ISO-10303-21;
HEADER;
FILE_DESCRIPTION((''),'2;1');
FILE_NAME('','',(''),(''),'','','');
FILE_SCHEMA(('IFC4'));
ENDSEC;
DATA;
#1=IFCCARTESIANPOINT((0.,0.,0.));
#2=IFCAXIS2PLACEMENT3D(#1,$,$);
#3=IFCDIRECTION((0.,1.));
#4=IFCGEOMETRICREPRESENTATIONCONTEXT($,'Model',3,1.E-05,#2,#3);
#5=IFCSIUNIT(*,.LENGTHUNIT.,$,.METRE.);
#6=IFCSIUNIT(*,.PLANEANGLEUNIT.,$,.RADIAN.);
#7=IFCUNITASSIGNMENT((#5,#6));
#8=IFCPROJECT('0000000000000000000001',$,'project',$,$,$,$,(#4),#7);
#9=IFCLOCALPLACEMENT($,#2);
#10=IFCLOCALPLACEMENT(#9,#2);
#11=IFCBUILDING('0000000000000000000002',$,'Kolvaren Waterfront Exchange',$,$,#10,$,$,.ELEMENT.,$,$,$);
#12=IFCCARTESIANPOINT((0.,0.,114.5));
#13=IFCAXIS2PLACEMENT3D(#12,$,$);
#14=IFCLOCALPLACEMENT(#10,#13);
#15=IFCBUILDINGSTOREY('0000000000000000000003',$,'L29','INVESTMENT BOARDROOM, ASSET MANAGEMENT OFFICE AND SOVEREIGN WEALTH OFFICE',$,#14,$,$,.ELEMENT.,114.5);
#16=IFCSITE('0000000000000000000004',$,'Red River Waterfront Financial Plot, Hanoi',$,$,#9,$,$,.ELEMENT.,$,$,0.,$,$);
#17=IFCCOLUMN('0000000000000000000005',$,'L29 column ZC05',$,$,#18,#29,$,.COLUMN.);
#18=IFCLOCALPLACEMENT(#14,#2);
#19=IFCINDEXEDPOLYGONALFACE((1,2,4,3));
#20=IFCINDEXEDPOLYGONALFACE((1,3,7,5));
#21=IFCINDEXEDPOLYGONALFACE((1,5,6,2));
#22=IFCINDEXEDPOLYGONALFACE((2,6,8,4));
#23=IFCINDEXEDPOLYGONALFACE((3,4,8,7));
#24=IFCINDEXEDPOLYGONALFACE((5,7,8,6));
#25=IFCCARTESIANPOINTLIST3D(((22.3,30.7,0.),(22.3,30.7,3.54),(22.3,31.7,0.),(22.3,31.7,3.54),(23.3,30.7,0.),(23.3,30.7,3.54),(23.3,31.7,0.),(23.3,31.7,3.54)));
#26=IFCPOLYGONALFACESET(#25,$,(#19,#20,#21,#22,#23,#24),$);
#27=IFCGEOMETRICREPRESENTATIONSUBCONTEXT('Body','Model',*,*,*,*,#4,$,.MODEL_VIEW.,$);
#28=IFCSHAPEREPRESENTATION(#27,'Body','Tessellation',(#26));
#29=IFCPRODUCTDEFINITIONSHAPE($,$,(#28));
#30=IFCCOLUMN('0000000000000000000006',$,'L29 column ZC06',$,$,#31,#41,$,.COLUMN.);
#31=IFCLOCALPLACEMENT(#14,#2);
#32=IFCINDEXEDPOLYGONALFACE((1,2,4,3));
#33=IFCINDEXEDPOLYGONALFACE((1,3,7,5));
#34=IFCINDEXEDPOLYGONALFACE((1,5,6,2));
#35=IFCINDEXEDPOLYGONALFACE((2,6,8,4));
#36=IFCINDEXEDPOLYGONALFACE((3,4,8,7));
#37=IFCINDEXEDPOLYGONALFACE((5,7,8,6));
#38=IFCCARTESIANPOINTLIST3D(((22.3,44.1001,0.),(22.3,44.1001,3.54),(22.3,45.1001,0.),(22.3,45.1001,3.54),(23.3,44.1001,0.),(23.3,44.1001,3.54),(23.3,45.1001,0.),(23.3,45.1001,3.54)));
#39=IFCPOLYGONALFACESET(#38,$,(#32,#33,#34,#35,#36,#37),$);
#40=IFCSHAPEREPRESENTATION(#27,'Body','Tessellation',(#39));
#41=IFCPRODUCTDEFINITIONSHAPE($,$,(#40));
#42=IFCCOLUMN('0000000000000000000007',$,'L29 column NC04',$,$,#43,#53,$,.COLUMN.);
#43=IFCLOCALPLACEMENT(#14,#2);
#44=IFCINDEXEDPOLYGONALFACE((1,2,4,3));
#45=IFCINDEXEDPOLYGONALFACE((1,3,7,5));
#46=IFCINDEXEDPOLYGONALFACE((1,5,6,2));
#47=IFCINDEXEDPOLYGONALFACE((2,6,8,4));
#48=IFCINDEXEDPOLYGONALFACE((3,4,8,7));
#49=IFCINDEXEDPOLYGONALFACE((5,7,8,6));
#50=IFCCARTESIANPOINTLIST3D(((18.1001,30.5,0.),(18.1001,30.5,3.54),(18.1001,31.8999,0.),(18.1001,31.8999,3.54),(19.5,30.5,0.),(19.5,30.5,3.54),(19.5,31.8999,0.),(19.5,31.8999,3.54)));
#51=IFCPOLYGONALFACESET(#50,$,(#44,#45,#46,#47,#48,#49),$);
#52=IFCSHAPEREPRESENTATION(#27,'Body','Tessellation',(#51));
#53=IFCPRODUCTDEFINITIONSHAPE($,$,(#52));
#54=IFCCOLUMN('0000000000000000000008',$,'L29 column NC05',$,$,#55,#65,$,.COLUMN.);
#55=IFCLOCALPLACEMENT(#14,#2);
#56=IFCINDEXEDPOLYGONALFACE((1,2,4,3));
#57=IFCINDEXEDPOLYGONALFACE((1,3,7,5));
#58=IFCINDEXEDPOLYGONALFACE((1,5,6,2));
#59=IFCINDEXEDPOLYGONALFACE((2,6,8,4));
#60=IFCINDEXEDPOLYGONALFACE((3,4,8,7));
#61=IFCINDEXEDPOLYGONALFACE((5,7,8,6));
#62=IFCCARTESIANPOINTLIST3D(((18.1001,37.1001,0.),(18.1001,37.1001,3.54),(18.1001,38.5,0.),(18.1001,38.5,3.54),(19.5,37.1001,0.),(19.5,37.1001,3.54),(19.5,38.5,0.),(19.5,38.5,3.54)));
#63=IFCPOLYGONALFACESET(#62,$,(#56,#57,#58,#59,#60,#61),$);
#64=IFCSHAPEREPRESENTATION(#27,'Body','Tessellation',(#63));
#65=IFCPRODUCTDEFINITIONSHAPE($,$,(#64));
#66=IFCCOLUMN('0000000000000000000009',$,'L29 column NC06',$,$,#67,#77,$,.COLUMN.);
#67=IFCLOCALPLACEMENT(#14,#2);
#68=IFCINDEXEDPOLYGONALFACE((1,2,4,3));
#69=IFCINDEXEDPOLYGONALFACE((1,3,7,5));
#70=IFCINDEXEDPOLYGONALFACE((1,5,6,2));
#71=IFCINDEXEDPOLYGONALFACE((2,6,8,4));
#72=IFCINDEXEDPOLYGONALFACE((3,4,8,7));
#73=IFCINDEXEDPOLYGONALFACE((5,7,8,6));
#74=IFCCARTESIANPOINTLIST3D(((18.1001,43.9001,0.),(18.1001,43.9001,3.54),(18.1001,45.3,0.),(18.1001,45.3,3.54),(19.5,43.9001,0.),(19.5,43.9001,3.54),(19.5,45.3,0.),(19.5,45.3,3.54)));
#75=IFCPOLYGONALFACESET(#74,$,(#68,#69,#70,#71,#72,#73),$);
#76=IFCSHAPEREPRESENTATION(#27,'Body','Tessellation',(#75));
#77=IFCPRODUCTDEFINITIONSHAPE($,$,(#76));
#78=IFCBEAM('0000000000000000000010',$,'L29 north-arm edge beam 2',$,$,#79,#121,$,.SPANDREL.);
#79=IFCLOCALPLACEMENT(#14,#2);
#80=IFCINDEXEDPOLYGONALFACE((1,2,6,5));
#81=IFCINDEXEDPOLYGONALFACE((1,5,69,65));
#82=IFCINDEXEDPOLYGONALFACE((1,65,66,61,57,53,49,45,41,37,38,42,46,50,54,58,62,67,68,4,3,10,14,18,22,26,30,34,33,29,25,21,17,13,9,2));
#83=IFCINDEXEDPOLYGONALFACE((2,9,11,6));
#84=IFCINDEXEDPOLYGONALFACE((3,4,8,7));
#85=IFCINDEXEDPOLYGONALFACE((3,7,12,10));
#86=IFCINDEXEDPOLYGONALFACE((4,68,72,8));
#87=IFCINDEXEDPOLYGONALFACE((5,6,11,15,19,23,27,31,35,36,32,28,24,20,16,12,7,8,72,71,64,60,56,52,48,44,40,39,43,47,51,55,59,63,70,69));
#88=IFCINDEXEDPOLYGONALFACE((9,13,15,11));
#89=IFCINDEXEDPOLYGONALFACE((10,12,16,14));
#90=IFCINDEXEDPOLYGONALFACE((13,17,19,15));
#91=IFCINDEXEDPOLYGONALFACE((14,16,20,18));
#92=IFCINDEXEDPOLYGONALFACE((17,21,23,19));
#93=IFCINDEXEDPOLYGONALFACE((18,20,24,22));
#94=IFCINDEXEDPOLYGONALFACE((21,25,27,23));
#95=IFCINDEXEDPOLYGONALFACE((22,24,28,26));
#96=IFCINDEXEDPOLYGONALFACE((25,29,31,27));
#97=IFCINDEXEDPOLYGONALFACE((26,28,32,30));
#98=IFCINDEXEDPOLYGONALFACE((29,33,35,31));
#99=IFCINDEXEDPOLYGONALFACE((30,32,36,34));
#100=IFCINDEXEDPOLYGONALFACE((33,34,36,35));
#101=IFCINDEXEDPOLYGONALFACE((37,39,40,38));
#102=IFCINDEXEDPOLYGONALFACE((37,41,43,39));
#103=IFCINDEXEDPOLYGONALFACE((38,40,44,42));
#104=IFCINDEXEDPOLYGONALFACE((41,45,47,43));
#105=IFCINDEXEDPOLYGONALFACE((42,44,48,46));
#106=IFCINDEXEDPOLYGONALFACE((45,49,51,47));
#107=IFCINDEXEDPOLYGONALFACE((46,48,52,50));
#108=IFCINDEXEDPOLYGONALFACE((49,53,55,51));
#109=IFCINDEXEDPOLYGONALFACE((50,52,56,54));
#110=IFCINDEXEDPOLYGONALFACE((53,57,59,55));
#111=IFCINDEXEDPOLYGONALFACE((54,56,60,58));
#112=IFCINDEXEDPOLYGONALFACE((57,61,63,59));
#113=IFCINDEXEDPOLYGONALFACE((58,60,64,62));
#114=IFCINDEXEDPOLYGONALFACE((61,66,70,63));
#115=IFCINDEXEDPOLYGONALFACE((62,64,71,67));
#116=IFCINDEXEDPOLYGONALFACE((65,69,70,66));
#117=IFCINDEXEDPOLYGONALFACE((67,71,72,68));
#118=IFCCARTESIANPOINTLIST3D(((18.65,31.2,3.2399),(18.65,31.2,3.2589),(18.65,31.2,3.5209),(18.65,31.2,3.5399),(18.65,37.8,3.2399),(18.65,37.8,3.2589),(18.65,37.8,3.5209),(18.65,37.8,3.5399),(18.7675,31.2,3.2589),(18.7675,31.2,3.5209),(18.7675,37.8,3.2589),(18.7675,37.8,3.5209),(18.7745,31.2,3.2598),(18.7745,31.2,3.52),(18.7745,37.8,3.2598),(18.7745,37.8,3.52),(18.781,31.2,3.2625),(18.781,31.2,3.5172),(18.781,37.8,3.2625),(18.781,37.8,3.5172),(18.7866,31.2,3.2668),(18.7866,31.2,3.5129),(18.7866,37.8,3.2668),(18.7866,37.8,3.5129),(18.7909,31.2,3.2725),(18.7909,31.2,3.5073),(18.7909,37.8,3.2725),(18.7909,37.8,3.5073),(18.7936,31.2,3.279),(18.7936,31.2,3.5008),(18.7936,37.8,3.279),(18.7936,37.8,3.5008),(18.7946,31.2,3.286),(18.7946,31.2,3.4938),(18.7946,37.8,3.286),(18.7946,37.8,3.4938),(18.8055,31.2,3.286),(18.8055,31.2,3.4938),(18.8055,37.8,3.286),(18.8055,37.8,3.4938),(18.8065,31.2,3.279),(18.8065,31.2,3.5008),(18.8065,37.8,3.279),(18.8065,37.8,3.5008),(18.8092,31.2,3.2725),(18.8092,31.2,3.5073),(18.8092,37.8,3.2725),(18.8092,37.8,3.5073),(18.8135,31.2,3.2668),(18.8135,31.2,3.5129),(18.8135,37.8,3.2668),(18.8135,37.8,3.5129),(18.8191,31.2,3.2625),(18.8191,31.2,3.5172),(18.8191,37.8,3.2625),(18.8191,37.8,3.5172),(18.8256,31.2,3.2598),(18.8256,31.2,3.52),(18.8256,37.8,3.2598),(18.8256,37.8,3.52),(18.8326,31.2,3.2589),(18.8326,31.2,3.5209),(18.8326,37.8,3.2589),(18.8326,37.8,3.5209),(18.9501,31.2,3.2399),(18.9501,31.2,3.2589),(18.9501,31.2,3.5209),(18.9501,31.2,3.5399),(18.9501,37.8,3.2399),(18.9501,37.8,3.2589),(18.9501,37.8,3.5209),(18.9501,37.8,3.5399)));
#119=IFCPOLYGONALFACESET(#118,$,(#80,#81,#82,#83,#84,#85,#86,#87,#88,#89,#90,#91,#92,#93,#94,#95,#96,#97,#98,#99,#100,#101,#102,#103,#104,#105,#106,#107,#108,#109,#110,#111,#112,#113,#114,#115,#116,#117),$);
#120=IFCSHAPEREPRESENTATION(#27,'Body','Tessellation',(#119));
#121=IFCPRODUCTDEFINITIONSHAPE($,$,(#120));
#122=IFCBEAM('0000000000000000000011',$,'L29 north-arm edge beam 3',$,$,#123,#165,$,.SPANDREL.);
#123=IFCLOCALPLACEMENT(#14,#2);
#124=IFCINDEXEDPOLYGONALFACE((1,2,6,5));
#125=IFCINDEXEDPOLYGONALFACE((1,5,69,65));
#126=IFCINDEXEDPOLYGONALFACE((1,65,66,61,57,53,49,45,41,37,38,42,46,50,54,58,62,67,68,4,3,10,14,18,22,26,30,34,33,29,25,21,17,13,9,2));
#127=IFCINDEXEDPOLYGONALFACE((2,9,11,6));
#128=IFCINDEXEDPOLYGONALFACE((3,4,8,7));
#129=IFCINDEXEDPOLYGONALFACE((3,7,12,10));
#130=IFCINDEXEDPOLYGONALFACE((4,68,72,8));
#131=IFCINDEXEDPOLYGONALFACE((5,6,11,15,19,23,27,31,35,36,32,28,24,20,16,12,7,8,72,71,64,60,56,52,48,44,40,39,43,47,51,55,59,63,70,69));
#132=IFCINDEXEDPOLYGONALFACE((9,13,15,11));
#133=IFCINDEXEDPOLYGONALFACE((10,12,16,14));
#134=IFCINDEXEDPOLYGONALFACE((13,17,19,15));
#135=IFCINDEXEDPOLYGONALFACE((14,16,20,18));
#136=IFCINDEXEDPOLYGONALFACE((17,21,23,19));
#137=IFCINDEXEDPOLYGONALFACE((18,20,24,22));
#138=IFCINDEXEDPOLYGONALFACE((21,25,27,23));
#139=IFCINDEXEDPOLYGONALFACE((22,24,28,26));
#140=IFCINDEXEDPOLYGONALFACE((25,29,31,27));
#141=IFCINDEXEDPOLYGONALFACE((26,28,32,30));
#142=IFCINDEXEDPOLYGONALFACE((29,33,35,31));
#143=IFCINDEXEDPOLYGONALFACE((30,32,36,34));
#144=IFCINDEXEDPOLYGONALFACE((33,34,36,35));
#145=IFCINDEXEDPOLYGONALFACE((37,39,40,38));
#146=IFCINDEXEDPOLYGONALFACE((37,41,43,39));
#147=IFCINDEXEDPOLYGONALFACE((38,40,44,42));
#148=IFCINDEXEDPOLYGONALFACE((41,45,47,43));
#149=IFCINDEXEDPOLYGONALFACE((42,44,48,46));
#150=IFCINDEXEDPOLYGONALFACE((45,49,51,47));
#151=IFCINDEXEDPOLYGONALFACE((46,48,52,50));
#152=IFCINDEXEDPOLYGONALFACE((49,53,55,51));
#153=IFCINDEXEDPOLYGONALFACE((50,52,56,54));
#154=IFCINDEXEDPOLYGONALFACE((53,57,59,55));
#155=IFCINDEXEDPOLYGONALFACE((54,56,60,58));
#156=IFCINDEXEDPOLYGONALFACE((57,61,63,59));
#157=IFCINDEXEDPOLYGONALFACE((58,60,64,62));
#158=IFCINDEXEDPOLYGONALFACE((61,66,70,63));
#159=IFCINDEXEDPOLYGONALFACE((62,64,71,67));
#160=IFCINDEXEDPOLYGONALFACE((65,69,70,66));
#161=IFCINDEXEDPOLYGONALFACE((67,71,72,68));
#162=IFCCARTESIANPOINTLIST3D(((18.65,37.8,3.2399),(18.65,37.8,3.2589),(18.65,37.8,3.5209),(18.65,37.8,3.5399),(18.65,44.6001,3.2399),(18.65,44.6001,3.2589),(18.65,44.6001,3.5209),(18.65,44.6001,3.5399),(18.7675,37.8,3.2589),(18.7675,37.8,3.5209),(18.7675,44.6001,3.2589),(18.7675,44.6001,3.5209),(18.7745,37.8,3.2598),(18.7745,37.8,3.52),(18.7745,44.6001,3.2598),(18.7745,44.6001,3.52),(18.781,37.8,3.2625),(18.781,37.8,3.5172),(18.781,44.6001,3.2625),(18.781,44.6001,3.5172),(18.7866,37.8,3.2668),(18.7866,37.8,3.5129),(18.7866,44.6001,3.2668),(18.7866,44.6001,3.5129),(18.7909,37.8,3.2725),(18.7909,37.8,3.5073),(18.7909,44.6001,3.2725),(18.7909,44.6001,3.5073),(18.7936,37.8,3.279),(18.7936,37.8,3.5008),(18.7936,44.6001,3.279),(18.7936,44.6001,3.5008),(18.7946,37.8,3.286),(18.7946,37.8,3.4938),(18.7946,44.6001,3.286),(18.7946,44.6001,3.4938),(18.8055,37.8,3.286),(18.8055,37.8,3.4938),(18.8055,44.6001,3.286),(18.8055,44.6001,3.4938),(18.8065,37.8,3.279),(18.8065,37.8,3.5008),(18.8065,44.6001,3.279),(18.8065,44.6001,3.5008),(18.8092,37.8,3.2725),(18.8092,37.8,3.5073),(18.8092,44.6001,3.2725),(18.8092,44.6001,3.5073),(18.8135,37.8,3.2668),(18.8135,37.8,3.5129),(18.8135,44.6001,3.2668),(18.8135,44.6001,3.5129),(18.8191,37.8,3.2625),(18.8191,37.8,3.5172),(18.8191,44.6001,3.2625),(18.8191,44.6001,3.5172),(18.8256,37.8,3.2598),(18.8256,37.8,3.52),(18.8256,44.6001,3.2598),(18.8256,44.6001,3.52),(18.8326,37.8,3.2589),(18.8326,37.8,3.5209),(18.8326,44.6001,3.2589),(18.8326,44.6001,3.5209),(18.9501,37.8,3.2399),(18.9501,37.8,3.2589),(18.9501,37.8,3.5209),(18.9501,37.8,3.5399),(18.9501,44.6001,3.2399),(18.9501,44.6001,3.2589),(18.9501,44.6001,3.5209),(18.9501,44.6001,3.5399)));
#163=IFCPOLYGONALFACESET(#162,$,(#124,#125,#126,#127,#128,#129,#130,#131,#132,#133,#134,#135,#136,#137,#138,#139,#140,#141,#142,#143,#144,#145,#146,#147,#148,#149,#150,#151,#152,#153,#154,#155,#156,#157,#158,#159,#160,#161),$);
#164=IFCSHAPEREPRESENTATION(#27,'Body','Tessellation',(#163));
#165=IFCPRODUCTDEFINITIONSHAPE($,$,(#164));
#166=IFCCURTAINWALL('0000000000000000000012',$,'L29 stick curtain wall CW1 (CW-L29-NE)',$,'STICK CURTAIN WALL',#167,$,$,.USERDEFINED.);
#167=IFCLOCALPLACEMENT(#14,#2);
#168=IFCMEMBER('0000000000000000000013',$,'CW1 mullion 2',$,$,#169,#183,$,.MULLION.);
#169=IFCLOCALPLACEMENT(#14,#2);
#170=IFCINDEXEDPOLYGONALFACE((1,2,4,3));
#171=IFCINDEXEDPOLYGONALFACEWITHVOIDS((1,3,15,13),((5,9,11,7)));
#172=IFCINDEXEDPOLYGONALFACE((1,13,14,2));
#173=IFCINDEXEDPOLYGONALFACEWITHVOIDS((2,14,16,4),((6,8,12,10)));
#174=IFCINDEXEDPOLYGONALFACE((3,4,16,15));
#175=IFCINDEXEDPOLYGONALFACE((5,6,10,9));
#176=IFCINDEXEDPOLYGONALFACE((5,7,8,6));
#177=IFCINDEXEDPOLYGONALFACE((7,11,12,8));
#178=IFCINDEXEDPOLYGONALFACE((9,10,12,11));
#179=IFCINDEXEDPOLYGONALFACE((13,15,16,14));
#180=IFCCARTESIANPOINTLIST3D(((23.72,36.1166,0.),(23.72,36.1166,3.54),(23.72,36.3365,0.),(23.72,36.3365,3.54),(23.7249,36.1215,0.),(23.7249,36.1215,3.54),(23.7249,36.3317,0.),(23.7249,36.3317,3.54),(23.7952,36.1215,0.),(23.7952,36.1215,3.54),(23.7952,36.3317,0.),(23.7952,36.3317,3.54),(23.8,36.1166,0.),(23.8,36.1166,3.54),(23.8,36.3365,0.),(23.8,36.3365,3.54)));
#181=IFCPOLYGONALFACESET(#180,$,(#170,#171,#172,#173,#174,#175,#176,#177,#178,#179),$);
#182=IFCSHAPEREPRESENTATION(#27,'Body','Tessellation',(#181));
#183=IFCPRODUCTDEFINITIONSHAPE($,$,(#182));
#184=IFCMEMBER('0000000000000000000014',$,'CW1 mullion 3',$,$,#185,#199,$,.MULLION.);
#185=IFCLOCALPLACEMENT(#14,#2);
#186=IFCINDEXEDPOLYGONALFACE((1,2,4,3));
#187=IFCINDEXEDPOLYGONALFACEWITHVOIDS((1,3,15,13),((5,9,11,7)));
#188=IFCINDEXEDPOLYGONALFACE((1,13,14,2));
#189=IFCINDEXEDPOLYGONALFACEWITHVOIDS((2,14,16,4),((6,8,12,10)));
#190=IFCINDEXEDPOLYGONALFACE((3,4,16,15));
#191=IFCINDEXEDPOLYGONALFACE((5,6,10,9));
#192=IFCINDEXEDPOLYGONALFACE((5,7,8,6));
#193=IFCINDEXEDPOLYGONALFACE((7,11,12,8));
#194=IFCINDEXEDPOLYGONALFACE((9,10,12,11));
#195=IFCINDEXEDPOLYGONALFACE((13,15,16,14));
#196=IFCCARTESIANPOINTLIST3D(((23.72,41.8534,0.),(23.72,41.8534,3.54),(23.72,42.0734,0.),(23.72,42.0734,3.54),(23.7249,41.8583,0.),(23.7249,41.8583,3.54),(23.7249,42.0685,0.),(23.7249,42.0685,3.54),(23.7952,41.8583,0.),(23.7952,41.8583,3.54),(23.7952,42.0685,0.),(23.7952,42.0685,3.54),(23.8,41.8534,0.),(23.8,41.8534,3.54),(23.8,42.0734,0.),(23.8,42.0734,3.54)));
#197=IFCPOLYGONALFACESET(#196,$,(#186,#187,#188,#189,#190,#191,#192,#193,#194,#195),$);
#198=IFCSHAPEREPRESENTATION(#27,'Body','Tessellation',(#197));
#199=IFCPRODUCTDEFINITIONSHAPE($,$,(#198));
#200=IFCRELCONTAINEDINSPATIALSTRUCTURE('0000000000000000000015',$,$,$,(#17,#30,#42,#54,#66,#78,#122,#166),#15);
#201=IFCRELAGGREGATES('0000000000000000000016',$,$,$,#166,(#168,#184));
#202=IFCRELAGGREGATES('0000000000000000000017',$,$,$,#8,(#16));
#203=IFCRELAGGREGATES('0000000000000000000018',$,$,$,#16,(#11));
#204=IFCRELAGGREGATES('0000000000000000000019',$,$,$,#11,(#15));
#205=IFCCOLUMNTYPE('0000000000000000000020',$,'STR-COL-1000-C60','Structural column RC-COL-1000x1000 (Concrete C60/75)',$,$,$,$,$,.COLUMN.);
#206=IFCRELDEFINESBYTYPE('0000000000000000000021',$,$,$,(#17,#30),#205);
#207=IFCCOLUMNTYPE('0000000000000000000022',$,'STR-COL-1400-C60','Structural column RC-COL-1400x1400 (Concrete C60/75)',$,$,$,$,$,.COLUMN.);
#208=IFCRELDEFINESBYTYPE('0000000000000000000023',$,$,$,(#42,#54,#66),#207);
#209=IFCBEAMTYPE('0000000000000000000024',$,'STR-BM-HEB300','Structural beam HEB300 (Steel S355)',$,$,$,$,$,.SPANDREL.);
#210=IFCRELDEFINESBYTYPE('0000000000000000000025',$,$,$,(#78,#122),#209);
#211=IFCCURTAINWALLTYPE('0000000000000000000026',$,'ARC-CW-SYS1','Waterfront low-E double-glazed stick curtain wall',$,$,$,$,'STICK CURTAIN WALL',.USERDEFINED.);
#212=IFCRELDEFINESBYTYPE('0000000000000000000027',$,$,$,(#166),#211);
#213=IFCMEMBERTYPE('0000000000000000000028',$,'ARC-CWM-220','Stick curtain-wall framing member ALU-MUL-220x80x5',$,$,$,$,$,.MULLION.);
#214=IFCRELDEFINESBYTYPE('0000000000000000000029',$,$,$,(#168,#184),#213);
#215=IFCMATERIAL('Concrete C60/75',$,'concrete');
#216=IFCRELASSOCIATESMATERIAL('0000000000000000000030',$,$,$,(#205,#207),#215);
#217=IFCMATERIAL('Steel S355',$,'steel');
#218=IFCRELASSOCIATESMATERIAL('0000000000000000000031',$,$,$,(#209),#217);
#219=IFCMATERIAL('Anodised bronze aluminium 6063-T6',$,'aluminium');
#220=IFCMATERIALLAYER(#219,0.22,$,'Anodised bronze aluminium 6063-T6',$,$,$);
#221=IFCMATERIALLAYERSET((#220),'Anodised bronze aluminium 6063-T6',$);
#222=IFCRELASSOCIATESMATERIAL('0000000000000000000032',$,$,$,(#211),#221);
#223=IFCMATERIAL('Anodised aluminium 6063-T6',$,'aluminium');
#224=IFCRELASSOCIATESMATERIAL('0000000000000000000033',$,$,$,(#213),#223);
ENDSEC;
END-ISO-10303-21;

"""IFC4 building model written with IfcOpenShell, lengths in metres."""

from ifc_helpers import new_model, si_unit, direction, frame, origin, origin_with_axes, origin_2d, place, context, subcontext, project, spatial, rectangle, hollow_rectangle, i_section, extrude, source, transform, mapped, material, layer, layer_set, material_profile, profile_set, type_object, element, aggregate, save


model = new_model("IFC4")

# Units and contexts
model_context = context("Model", 3, precision=1e-05, world=origin(), true_north=direction((0.0, 1.0)))
body_context = subcontext(model_context, "Body", "Model", "MODEL_VIEW")
ifc_project = project(units=[si_unit("LENGTHUNIT", "METRE"), si_unit("PLANEANGLEUNIT", "RADIAN")], contexts=[model_context])

# Site, building, storey
site_placement = place(None, origin())
site = spatial("IfcSite", under=ifc_project, at=site_placement, Name="Red River Waterfront Financial Plot, Hanoi", CompositionType="ELEMENT", RefElevation=0.0)
building_placement = place(site_placement, origin())
building = spatial("IfcBuilding", under=site, at=building_placement, Name="Kolvaren Waterfront Exchange", CompositionType="ELEMENT")
storey_placement = place(building_placement, frame((0.0, 0.0, 114.5)))
storey = spatial("IfcBuildingStorey", under=building, at=storey_placement, Name="L29", Description="INVESTMENT BOARDROOM, ASSET MANAGEMENT OFFICE AND SOVEREIGN WEALTH OFFICE", CompositionType="ELEMENT", Elevation=114.5)

# Columns
ifc_material_1 = material(Name="Concrete C60/75", Category="concrete")
ifc_material_profile_1 = material_profile(ifc_material_1, rectangle(XDim=1.0, YDim=1.0, at=origin_2d()), Name="RC-COL-1000x1000")
ifc_profile_set_1 = profile_set([ifc_material_profile_1], Name="Concrete C60/75")
column_type_1 = type_object("IfcColumnType", Name="STR-COL-1000-C60", Description="Structural column RC-COL-1000x1000 (Concrete C60/75)", PredefinedType="COLUMN", material=ifc_profile_set_1)
for number, where, z_axis, x_axis, name in (
    (1, (22.8, 31.2, 0.0), (0.0, 0.0, 1.0), (1.0, 0.0, 0.0), "L29 column ZC05"),
    (2, (22.8, 44.6001, 0.0), (0.0, 0.0, 1.0), (1.0, 0.0, 0.0), "L29 column ZC06"),
):
    element("IfcColumn", number, at=place(storey_placement, frame(where, z_axis=z_axis, x_axis=x_axis)), inside=storey, type_object=column_type_1, Name=name, PredefinedType="COLUMN", context=body_context, shape_type="SweptSolid", body=[
        extrude(rectangle(XDim=1.0, YDim=1.0, at=origin_2d()), origin(), (0.0, 0.0, 1.0), 3.54),
    ])
ifc_material_profile_2 = material_profile(ifc_material_1, rectangle(XDim=1.3999, YDim=1.3999, at=origin_2d()), Name="RC-COL-1400x1400")
ifc_profile_set_2 = profile_set([ifc_material_profile_2], Name="Concrete C60/75")
column_type_2 = type_object("IfcColumnType", Name="STR-COL-1400-C60", Description="Structural column RC-COL-1400x1400 (Concrete C60/75)", PredefinedType="COLUMN", material=ifc_profile_set_2)
for number, where, z_axis, x_axis, name in (
    (3, (18.8, 31.2, 0.0), (0.0, 0.0, 1.0), (1.0, 0.0, 0.0), "L29 column NC04"),
    (4, (18.8, 37.8, 0.0), (0.0, 0.0, 1.0), (1.0, 0.0, 0.0), "L29 column NC05"),
    (5, (18.8, 44.6001, 0.0), (0.0, 0.0, 1.0), (1.0, 0.0, 0.0), "L29 column NC06"),
):
    element("IfcColumn", number, at=place(storey_placement, frame(where, z_axis=z_axis, x_axis=x_axis)), inside=storey, type_object=column_type_2, Name=name, PredefinedType="COLUMN", context=body_context, shape_type="SweptSolid", body=[
        extrude(rectangle(XDim=1.3999, YDim=1.3999, at=origin_2d()), origin(), (0.0, 0.0, 1.0), 3.54),
    ])

# Beams
ifc_material_2 = material(Name="Steel S355", Category="steel")
ifc_material_profile_3 = material_profile(ifc_material_2, i_section(OverallWidth=0.3, OverallDepth=0.3, WebThickness=0.011, FlangeThickness=0.019, FilletRadius=0.0271, at=origin_2d()), Name="HEB300")
ifc_profile_set_3 = profile_set([ifc_material_profile_3], Name="Steel S355")
beam_type = type_object("IfcBeamType", Name="STR-BM-HEB300", Description="Structural beam HEB300 (Steel S355)", PredefinedType="SPANDREL", material=ifc_profile_set_3)
beam_1_placement = place(storey_placement, frame((18.8, 31.2, 3.3899), z_axis=(0.0, 1.0, 0.0), x_axis=(-1.0, 0.0, 0.0)))
element("IfcBeam", 6, at=beam_1_placement, inside=storey, type_object=beam_type, Name="L29 north-arm edge beam 2", PredefinedType="SPANDREL", context=body_context, shape_type="SweptSolid", body=[
    extrude(i_section(OverallWidth=0.3, OverallDepth=0.3, WebThickness=0.011, FlangeThickness=0.019, FilletRadius=0.0271, at=origin_2d()), origin(), (0.0, 0.0, 1.0), 6.6001),
])
beam_2_placement = place(storey_placement, frame((18.8, 37.8, 3.3899), z_axis=(0.0, 1.0, 0.0), x_axis=(-1.0, 0.0, 0.0)))
element("IfcBeam", 7, at=beam_2_placement, inside=storey, type_object=beam_type, Name="L29 north-arm edge beam 3", PredefinedType="SPANDREL", context=body_context, shape_type="SweptSolid", body=[
    extrude(i_section(OverallWidth=0.3, OverallDepth=0.3, WebThickness=0.011, FlangeThickness=0.019, FilletRadius=0.0271, at=origin_2d()), origin(), (0.0, 0.0, 1.0), 6.8),
])

# Curtain wall, members
ifc_material_3 = material(Name="Anodised bronze aluminium 6063-T6", Category="aluminium")
ifc_layer_1 = layer(ifc_material_3, 0.22, Name="Anodised bronze aluminium 6063-T6")
ifc_layer_set_1 = layer_set([ifc_layer_1], Name="Anodised bronze aluminium 6063-T6")
curtain_wall_type = type_object("IfcCurtainWallType", Name="ARC-CW-SYS1", Description="Waterfront low-E double-glazed stick curtain wall", ElementType="STICK CURTAIN WALL", PredefinedType="USERDEFINED", material=ifc_layer_set_1)
curtain_wall_placement = place(storey_placement, origin())
curtain_wall = element("IfcCurtainWall", 8, at=curtain_wall_placement, inside=storey, type_object=curtain_wall_type, Name="L29 stick curtain wall CW1 (CW-L29-NE)", ObjectType="STICK CURTAIN WALL", PredefinedType="USERDEFINED")
ifc_material_4 = material(Name="Anodised aluminium 6063-T6", Category="aluminium")
ifc_material_profile_4 = material_profile(ifc_material_4, hollow_rectangle(XDim=0.0801, YDim=0.22, WallThickness=0.0049, at=origin_2d()), Name="ALU-MUL-220x80x5")
ifc_profile_set_4 = profile_set([ifc_material_profile_4], Name="Anodised aluminium 6063-T6")
member_type_1 = type_object("IfcMemberType", Name="ARC-CWM-220", Description="Stick curtain-wall framing member ALU-MUL-220x80x5", PredefinedType="MULLION", material=ifc_profile_set_4)
shared_shape_1 = source(origin_with_axes(), body_context, "Body", "SweptSolid", [
    extrude(hollow_rectangle(XDim=0.0801, YDim=0.22, WallThickness=0.0049, at=origin_2d()), origin(), (0.0, 0.0, 1.0), 3.54),
])
member_1_placement = place(storey_placement, frame((23.76, 36.2266, 0.0), z_axis=(0.0, 0.0, 1.0), x_axis=(-1.0, 0.0, 0.0)))
member_1 = element("IfcMember", 9, at=member_1_placement, type_object=member_type_1, Name="CW1 mullion 2", PredefinedType="MULLION", context=body_context, shape_type="MappedRepresentation", body=[
    mapped(shared_shape_1, transform((0.0, 0.0, 0.0), x_axis=(1.0, 0.0, 0.0), y_axis=(0.0, 1.0, 0.0), z_axis=(0.0, 0.0, 1.0), scale=1.0)),
])
member_2_placement = place(storey_placement, frame((23.76, 41.9634, 0.0), z_axis=(0.0, 0.0, 1.0), x_axis=(-1.0, 0.0, 0.0)))
member_2 = element("IfcMember", 10, at=member_2_placement, type_object=member_type_1, Name="CW1 mullion 3", PredefinedType="MULLION", context=body_context, shape_type="MappedRepresentation", body=[
    mapped(shared_shape_1, transform((0.0, 0.0, 0.0), x_axis=(1.0, 0.0, 0.0), y_axis=(0.0, 1.0, 0.0), z_axis=(0.0, 0.0, 1.0), scale=1.0)),
])
aggregate(curtain_wall, [member_1, member_2])

save(model, "model.ifc")
